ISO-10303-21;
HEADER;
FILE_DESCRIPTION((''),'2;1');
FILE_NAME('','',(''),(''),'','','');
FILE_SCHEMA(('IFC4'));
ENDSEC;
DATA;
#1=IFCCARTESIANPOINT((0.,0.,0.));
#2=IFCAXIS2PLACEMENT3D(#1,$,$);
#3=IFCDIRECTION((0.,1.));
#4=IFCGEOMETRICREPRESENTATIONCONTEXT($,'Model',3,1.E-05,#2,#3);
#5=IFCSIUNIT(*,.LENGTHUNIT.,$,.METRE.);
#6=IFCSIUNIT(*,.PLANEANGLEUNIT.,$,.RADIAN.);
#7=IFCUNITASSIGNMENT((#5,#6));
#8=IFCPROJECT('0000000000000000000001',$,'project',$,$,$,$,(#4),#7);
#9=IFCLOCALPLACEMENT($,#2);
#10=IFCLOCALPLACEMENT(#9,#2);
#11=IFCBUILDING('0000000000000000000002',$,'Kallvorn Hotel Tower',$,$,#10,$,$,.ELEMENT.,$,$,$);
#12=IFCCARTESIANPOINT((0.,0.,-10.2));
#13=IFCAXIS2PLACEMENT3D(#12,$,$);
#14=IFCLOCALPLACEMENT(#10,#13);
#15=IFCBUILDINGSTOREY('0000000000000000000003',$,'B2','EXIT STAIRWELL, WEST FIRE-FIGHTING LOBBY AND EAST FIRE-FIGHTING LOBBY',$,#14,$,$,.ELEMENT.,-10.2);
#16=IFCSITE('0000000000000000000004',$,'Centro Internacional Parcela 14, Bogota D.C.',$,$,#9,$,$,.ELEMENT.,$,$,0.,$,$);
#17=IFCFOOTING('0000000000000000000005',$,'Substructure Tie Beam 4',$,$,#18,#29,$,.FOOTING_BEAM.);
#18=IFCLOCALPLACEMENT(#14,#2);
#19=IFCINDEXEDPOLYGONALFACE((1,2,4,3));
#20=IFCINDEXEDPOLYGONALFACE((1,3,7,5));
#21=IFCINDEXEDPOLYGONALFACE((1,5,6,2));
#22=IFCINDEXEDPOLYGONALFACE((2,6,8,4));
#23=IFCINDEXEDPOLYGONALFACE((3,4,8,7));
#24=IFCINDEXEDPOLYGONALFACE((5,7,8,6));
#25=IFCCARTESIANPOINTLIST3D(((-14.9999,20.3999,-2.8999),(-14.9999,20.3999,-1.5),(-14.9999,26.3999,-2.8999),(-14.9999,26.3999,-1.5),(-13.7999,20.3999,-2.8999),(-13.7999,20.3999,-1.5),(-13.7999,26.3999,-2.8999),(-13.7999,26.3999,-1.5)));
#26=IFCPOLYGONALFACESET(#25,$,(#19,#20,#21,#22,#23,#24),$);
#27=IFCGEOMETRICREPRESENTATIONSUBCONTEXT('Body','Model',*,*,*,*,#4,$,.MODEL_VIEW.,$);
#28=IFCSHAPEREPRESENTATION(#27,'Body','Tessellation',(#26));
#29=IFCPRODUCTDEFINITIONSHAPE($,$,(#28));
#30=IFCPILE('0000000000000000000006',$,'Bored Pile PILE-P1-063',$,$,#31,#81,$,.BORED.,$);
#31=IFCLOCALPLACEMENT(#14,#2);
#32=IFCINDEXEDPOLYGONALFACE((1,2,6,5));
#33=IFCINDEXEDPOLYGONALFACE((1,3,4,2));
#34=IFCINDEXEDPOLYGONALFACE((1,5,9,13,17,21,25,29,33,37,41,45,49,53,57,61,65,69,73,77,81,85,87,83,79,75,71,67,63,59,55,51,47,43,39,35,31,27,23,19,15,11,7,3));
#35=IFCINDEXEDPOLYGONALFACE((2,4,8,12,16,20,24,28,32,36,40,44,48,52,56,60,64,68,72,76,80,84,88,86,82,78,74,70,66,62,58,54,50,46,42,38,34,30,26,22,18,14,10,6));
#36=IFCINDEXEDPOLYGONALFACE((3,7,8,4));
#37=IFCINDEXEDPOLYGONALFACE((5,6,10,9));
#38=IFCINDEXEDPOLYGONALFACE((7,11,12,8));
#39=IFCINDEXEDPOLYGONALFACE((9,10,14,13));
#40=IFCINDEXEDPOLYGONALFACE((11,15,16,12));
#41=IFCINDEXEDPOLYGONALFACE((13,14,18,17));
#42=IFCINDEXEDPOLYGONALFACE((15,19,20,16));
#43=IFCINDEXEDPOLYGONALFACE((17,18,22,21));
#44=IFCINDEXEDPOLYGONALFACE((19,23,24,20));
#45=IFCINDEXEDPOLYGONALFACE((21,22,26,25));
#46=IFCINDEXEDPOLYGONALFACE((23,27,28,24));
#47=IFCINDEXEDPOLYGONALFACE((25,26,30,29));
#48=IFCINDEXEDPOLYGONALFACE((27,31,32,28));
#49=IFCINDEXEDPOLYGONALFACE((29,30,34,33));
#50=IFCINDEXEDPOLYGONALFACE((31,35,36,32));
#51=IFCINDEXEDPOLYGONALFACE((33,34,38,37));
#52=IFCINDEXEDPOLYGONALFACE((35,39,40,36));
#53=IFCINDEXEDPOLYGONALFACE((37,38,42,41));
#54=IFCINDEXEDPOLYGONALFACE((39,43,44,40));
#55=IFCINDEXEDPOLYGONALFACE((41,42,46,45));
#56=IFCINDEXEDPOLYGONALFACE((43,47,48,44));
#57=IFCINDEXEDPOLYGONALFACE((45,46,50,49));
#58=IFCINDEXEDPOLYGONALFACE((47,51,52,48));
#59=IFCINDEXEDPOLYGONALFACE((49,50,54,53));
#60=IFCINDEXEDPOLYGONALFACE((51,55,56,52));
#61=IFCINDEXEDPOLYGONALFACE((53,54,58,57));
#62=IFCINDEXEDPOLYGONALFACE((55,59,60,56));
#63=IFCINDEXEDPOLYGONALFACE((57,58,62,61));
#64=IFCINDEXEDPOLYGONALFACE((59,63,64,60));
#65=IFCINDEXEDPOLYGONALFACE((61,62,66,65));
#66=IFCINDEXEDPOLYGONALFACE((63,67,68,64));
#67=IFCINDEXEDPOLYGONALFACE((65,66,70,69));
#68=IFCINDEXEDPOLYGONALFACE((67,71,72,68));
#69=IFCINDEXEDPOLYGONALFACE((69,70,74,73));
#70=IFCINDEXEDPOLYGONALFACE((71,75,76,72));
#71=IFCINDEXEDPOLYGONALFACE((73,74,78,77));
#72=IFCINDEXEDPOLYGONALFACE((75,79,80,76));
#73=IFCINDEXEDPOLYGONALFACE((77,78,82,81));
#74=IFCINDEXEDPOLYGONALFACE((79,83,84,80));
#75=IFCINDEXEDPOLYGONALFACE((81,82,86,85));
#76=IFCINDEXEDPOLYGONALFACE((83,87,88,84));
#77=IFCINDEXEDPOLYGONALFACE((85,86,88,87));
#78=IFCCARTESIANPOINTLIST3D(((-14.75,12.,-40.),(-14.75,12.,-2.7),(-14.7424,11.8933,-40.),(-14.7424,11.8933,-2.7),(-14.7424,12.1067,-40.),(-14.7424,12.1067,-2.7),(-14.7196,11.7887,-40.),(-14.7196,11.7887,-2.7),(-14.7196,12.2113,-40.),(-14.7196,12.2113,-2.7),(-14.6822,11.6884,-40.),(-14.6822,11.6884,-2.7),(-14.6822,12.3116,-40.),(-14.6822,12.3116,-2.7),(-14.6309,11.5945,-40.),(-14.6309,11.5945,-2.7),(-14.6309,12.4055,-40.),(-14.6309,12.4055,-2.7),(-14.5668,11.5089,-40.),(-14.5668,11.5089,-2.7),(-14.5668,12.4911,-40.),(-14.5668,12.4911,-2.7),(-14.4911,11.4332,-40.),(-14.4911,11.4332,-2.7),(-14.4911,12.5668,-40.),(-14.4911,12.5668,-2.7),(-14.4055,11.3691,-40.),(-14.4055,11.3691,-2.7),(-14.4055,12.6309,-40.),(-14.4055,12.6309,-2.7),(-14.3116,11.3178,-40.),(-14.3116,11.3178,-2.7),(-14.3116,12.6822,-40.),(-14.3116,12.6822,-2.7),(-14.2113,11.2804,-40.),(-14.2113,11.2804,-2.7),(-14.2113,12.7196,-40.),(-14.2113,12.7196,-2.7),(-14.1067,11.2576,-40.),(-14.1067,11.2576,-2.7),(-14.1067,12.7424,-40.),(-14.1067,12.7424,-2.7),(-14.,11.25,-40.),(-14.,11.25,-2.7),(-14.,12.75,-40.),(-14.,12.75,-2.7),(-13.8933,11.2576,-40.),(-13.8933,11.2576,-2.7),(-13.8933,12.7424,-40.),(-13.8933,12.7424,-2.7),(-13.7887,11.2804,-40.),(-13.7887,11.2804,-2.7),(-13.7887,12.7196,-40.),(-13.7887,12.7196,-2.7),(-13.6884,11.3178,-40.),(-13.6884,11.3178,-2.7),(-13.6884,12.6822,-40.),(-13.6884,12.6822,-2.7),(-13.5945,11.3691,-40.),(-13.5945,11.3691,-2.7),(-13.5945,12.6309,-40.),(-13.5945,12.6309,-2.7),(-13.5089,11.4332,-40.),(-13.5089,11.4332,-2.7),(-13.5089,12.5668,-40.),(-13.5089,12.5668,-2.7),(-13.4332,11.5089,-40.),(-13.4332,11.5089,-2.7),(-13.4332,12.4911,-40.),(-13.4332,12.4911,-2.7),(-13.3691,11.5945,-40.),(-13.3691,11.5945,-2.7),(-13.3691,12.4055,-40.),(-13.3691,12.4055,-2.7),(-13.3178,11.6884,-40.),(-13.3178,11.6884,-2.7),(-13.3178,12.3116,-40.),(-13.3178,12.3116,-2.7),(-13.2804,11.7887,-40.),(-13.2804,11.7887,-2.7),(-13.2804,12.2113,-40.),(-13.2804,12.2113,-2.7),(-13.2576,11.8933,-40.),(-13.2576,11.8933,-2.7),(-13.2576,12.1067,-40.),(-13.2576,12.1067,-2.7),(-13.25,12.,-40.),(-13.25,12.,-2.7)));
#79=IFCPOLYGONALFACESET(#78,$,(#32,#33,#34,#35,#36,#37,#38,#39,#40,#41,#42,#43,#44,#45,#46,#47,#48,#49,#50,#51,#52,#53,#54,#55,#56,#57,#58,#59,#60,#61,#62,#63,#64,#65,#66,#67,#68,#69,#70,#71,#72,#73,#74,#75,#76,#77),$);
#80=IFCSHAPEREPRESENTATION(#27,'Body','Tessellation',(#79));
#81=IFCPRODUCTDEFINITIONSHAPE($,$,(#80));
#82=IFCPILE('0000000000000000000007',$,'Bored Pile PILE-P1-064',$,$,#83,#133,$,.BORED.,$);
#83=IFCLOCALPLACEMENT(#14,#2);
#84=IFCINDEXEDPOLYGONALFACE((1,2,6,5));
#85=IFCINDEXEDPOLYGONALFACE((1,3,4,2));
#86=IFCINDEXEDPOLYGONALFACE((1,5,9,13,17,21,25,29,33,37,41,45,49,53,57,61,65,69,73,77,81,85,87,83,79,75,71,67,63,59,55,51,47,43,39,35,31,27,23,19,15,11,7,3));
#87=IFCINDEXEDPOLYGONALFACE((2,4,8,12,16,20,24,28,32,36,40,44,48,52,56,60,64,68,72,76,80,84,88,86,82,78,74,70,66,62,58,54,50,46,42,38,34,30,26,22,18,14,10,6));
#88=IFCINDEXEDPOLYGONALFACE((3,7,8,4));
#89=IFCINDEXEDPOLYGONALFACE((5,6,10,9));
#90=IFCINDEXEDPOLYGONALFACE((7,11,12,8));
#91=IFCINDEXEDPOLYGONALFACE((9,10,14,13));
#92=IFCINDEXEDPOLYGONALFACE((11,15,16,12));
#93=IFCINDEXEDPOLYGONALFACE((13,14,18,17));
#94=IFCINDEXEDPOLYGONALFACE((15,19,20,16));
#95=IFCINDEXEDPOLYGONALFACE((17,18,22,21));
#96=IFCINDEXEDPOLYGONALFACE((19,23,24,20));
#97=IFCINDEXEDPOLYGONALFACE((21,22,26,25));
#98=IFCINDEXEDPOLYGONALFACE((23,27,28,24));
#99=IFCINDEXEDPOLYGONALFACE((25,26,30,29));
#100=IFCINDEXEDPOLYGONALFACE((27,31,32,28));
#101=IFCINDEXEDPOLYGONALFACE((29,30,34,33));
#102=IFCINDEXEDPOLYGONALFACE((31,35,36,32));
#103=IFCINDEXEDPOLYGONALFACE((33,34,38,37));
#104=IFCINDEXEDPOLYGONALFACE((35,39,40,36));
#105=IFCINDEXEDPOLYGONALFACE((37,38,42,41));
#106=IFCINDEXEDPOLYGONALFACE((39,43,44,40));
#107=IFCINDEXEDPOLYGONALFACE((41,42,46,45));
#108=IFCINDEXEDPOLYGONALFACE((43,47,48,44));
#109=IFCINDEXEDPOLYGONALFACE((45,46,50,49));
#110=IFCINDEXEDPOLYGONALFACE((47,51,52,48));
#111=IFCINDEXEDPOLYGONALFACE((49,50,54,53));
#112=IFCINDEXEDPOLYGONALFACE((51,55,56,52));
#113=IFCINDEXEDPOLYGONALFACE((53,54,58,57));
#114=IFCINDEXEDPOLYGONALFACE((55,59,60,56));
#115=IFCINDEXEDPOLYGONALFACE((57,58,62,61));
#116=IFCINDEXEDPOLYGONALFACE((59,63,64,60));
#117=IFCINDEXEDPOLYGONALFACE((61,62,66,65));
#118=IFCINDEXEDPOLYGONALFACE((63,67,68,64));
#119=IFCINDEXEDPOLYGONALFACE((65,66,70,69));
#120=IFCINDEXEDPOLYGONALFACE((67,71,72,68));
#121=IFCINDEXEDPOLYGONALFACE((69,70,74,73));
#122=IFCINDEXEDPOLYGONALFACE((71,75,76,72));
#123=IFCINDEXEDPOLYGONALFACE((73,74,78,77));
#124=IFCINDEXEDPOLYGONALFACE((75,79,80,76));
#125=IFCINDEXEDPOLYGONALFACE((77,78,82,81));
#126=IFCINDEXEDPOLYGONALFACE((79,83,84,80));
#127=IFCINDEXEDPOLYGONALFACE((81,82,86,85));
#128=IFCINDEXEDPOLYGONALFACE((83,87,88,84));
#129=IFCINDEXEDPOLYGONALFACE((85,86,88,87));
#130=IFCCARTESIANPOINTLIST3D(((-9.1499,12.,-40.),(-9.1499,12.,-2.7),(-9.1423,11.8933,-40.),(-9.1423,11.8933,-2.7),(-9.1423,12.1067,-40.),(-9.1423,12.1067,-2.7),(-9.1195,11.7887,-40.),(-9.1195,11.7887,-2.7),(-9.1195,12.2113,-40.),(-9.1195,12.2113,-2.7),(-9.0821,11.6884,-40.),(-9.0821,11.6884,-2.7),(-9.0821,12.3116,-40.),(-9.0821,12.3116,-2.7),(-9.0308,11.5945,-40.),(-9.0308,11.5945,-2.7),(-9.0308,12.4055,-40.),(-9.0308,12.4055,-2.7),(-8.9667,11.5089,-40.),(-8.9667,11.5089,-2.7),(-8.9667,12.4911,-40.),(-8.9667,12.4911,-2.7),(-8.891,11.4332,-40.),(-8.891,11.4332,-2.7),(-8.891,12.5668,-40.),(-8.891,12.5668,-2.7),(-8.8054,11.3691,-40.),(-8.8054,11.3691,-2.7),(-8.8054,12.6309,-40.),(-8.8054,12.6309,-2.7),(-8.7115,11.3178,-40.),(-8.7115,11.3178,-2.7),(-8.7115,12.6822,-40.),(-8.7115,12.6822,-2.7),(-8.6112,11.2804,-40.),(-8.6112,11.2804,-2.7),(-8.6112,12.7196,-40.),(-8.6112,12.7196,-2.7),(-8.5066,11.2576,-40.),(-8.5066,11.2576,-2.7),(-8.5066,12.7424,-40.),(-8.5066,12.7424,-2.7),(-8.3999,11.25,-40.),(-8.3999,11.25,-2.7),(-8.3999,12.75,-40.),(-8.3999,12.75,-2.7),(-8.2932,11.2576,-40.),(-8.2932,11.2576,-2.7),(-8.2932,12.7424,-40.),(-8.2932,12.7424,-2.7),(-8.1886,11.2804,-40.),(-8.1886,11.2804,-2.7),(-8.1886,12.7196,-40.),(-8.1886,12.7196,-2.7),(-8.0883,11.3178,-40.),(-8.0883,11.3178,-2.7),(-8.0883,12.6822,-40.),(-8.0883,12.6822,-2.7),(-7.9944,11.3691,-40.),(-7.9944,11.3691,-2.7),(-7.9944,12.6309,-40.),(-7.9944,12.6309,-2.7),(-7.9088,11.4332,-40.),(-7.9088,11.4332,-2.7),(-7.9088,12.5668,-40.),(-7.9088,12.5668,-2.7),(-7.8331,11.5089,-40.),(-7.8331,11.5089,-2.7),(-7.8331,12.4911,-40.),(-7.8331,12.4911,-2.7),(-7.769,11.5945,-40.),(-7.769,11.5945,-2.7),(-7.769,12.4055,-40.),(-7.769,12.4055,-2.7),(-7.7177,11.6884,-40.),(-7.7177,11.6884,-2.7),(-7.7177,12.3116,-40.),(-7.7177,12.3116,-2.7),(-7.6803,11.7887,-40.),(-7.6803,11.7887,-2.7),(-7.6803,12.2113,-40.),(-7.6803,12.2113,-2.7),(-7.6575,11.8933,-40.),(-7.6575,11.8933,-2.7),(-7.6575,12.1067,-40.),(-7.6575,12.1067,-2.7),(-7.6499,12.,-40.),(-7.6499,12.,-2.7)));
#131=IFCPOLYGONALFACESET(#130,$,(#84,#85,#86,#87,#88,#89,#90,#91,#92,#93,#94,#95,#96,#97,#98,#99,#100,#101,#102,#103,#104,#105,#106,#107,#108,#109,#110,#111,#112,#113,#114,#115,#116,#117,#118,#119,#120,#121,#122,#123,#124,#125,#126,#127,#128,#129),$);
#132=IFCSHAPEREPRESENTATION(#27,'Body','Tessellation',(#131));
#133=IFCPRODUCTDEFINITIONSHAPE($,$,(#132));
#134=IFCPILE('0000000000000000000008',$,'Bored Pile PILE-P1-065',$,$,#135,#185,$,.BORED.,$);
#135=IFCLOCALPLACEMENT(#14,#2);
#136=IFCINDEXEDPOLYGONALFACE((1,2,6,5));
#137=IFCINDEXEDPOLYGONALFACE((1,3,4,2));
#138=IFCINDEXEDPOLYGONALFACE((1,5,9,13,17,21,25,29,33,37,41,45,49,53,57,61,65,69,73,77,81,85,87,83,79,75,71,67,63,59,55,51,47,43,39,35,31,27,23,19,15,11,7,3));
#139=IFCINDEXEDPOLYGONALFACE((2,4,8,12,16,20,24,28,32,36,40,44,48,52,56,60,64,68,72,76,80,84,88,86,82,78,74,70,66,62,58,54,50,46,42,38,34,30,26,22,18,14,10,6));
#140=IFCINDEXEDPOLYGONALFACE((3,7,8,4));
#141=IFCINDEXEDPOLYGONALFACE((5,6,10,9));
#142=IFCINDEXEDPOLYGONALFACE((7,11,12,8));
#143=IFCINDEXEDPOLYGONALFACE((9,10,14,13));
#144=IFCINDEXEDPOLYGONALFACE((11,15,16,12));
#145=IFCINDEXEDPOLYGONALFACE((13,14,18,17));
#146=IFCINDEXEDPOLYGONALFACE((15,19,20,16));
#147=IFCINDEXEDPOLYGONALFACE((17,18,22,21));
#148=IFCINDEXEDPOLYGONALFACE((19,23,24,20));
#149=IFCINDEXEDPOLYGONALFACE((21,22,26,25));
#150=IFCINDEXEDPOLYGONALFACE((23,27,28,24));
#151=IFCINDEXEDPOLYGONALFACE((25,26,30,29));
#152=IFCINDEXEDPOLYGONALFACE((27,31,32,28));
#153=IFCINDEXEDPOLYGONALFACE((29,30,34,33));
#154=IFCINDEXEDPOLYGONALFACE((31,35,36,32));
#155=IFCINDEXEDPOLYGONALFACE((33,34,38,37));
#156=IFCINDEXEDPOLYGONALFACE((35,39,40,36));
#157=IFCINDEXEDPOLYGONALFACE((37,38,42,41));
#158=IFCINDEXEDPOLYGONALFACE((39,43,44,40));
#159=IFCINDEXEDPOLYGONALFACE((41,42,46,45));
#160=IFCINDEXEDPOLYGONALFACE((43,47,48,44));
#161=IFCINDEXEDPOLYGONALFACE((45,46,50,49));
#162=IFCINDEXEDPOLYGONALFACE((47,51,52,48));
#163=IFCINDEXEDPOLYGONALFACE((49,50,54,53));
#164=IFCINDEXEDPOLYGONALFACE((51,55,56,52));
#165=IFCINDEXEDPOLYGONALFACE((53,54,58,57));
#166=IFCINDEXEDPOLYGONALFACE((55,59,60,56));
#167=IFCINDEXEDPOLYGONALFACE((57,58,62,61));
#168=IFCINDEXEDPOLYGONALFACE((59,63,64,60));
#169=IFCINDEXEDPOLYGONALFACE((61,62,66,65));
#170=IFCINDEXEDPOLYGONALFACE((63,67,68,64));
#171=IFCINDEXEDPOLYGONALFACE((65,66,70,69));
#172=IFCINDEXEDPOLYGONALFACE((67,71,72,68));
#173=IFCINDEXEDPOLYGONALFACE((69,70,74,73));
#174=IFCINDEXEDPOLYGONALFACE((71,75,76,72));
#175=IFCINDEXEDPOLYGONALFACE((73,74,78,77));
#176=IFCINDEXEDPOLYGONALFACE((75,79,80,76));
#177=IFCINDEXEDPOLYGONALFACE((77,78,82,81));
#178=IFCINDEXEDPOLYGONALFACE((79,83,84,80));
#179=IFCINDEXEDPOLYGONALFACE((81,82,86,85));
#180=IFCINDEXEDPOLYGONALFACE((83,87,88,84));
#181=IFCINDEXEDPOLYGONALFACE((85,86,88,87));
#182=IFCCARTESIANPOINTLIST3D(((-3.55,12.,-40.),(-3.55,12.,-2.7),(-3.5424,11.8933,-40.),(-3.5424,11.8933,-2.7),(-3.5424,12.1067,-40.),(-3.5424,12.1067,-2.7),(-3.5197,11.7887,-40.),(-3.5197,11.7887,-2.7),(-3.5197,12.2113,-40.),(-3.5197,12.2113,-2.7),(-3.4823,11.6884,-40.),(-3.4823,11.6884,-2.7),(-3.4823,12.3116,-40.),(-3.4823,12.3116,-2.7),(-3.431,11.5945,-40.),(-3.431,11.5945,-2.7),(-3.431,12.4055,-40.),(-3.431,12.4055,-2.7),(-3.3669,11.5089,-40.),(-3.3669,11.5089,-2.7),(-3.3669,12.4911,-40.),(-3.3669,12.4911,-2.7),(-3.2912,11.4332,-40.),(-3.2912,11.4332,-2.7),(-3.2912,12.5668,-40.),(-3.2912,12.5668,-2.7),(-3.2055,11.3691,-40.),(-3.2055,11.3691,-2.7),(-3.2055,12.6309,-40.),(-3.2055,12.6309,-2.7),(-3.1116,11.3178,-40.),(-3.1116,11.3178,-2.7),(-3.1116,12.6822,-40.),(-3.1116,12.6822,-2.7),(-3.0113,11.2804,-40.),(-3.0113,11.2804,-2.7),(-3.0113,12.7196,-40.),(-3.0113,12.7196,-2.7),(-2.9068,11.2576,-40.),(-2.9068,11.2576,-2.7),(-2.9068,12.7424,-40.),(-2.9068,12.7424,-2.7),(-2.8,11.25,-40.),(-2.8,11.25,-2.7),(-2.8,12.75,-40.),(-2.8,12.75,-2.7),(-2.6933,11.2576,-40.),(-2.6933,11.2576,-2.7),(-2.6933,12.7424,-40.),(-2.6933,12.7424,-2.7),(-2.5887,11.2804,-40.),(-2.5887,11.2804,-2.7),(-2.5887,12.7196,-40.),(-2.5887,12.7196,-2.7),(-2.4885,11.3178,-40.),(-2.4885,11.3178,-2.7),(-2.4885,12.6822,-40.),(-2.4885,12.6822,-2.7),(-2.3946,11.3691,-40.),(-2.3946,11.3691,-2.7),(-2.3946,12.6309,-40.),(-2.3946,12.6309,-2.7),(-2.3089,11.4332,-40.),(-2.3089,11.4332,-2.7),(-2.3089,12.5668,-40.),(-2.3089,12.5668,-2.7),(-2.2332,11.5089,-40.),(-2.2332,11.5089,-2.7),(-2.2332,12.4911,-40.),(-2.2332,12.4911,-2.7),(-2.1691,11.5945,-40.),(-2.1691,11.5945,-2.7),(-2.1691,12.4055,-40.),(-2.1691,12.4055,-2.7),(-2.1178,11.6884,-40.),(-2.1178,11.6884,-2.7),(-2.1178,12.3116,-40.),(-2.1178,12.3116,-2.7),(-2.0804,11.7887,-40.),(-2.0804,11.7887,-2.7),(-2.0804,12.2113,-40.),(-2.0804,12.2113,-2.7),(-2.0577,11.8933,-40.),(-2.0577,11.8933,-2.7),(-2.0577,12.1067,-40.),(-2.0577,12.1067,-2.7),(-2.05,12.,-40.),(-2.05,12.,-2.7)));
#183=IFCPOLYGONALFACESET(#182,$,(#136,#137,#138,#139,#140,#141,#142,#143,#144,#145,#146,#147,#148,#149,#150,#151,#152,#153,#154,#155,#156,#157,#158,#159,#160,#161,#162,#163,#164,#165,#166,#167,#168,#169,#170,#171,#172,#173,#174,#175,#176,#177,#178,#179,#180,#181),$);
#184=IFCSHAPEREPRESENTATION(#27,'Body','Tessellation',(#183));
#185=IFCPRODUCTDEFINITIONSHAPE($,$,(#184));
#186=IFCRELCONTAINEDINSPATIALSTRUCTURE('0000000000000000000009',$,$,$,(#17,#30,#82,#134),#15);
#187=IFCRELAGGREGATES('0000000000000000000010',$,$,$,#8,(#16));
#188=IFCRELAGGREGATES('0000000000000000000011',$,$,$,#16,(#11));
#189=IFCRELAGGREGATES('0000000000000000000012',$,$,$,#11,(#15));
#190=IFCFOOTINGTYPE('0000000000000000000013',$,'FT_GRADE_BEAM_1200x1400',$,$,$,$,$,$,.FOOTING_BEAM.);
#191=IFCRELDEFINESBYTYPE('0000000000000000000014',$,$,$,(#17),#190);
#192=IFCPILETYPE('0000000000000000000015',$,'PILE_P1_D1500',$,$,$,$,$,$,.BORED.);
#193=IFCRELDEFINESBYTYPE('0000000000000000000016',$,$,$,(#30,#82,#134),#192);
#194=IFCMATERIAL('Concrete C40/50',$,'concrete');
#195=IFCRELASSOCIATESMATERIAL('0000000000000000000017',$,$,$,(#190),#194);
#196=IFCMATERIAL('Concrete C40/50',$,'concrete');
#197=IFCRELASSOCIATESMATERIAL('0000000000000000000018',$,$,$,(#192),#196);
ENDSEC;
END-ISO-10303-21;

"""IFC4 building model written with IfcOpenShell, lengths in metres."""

from ifc_helpers import new_model, si_unit, direction, frame, origin, origin_2d, place, context, subcontext, project, spatial, rectangle, circle, extrude, material, material_profile, profile_set, type_object, element, save


model = new_model("IFC4")

# Units and contexts
model_context = context("Model", 3, precision=1e-05, world=origin(), true_north=direction((0.0, 1.0)))
body_context = subcontext(model_context, "Body", "Model", "MODEL_VIEW")
ifc_project = project(units=[si_unit("LENGTHUNIT", "METRE"), si_unit("PLANEANGLEUNIT", "RADIAN")], contexts=[model_context])

# Site, building, storey
site_placement = place(None, origin())
site = spatial("IfcSite", under=ifc_project, at=site_placement, Name="Centro Internacional Parcela 14, Bogota D.C.", CompositionType="ELEMENT", RefElevation=0.0)
building_placement = place(site_placement, origin())
building = spatial("IfcBuilding", under=site, at=building_placement, Name="Kallvorn Hotel Tower", CompositionType="ELEMENT")
storey_placement = place(building_placement, frame((0.0, 0.0, -10.2)))
storey = spatial("IfcBuildingStorey", under=building, at=storey_placement, Name="B2", Description="EXIT STAIRWELL, WEST FIRE-FIGHTING LOBBY AND EAST FIRE-FIGHTING LOBBY", CompositionType="ELEMENT", Elevation=-10.2)

# Footing
ifc_material_1 = material(Name="Concrete C40/50", Category="concrete")
ifc_material_profile_1 = material_profile(ifc_material_1, rectangle(XDim=1.2, YDim=1.3999, at=origin_2d()), Name="RC 1200x1400")
ifc_profile_set_1 = profile_set([ifc_material_profile_1], Name="Concrete C40/50")
footing_type = type_object("IfcFootingType", Name="FT_GRADE_BEAM_1200x1400", PredefinedType="FOOTING_BEAM", material=ifc_profile_set_1)
footing_placement = place(storey_placement, frame((-14.3999, 20.3999, -2.2), z_axis=(0.0, 1.0, 0.0), x_axis=(-1.0, 0.0, 0.0)))
element("IfcFooting", 1, at=footing_placement, inside=storey, type_object=footing_type, Name="Substructure Tie Beam 4", PredefinedType="FOOTING_BEAM", context=body_context, shape_type="SweptSolid", body=[
    extrude(rectangle(XDim=1.2, YDim=1.3999, at=origin_2d()), origin(), (0.0, 0.0, 1.0), 6.0),
])

# Piles
ifc_material_2 = material(Name="Concrete C40/50", Category="concrete")
ifc_material_profile_2 = material_profile(ifc_material_2, circle(Radius=0.75, at=origin_2d()), Name="PILE D1500")
ifc_profile_set_2 = profile_set([ifc_material_profile_2], Name="Concrete C40/50")
pile_type_1 = type_object("IfcPileType", Name="PILE_P1_D1500", PredefinedType="BORED", material=ifc_profile_set_2)
for number, where, z_axis, x_axis, name in (
    (2, (-14.0, 12.0, -2.7), (0.0, 0.0, -1.0), (1.0, 0.0, 0.0), "Bored Pile PILE-P1-063"),
    (3, (-8.3999, 12.0, -2.7), (0.0, 0.0, -1.0), (1.0, 0.0, 0.0), "Bored Pile PILE-P1-064"),
    (4, (-2.8, 12.0, -2.7), (0.0, 0.0, -1.0), (1.0, 0.0, 0.0), "Bored Pile PILE-P1-065"),
):
    element("IfcPile", number, at=place(storey_placement, frame(where, z_axis=z_axis, x_axis=x_axis)), inside=storey, type_object=pile_type_1, Name=name, PredefinedType="BORED", context=body_context, shape_type="SweptSolid", body=[
        extrude(circle(Radius=0.75, at=origin_2d()), origin(), (0.0, 0.0, 1.0), 37.3),
    ])

save(model, "model.ifc")
